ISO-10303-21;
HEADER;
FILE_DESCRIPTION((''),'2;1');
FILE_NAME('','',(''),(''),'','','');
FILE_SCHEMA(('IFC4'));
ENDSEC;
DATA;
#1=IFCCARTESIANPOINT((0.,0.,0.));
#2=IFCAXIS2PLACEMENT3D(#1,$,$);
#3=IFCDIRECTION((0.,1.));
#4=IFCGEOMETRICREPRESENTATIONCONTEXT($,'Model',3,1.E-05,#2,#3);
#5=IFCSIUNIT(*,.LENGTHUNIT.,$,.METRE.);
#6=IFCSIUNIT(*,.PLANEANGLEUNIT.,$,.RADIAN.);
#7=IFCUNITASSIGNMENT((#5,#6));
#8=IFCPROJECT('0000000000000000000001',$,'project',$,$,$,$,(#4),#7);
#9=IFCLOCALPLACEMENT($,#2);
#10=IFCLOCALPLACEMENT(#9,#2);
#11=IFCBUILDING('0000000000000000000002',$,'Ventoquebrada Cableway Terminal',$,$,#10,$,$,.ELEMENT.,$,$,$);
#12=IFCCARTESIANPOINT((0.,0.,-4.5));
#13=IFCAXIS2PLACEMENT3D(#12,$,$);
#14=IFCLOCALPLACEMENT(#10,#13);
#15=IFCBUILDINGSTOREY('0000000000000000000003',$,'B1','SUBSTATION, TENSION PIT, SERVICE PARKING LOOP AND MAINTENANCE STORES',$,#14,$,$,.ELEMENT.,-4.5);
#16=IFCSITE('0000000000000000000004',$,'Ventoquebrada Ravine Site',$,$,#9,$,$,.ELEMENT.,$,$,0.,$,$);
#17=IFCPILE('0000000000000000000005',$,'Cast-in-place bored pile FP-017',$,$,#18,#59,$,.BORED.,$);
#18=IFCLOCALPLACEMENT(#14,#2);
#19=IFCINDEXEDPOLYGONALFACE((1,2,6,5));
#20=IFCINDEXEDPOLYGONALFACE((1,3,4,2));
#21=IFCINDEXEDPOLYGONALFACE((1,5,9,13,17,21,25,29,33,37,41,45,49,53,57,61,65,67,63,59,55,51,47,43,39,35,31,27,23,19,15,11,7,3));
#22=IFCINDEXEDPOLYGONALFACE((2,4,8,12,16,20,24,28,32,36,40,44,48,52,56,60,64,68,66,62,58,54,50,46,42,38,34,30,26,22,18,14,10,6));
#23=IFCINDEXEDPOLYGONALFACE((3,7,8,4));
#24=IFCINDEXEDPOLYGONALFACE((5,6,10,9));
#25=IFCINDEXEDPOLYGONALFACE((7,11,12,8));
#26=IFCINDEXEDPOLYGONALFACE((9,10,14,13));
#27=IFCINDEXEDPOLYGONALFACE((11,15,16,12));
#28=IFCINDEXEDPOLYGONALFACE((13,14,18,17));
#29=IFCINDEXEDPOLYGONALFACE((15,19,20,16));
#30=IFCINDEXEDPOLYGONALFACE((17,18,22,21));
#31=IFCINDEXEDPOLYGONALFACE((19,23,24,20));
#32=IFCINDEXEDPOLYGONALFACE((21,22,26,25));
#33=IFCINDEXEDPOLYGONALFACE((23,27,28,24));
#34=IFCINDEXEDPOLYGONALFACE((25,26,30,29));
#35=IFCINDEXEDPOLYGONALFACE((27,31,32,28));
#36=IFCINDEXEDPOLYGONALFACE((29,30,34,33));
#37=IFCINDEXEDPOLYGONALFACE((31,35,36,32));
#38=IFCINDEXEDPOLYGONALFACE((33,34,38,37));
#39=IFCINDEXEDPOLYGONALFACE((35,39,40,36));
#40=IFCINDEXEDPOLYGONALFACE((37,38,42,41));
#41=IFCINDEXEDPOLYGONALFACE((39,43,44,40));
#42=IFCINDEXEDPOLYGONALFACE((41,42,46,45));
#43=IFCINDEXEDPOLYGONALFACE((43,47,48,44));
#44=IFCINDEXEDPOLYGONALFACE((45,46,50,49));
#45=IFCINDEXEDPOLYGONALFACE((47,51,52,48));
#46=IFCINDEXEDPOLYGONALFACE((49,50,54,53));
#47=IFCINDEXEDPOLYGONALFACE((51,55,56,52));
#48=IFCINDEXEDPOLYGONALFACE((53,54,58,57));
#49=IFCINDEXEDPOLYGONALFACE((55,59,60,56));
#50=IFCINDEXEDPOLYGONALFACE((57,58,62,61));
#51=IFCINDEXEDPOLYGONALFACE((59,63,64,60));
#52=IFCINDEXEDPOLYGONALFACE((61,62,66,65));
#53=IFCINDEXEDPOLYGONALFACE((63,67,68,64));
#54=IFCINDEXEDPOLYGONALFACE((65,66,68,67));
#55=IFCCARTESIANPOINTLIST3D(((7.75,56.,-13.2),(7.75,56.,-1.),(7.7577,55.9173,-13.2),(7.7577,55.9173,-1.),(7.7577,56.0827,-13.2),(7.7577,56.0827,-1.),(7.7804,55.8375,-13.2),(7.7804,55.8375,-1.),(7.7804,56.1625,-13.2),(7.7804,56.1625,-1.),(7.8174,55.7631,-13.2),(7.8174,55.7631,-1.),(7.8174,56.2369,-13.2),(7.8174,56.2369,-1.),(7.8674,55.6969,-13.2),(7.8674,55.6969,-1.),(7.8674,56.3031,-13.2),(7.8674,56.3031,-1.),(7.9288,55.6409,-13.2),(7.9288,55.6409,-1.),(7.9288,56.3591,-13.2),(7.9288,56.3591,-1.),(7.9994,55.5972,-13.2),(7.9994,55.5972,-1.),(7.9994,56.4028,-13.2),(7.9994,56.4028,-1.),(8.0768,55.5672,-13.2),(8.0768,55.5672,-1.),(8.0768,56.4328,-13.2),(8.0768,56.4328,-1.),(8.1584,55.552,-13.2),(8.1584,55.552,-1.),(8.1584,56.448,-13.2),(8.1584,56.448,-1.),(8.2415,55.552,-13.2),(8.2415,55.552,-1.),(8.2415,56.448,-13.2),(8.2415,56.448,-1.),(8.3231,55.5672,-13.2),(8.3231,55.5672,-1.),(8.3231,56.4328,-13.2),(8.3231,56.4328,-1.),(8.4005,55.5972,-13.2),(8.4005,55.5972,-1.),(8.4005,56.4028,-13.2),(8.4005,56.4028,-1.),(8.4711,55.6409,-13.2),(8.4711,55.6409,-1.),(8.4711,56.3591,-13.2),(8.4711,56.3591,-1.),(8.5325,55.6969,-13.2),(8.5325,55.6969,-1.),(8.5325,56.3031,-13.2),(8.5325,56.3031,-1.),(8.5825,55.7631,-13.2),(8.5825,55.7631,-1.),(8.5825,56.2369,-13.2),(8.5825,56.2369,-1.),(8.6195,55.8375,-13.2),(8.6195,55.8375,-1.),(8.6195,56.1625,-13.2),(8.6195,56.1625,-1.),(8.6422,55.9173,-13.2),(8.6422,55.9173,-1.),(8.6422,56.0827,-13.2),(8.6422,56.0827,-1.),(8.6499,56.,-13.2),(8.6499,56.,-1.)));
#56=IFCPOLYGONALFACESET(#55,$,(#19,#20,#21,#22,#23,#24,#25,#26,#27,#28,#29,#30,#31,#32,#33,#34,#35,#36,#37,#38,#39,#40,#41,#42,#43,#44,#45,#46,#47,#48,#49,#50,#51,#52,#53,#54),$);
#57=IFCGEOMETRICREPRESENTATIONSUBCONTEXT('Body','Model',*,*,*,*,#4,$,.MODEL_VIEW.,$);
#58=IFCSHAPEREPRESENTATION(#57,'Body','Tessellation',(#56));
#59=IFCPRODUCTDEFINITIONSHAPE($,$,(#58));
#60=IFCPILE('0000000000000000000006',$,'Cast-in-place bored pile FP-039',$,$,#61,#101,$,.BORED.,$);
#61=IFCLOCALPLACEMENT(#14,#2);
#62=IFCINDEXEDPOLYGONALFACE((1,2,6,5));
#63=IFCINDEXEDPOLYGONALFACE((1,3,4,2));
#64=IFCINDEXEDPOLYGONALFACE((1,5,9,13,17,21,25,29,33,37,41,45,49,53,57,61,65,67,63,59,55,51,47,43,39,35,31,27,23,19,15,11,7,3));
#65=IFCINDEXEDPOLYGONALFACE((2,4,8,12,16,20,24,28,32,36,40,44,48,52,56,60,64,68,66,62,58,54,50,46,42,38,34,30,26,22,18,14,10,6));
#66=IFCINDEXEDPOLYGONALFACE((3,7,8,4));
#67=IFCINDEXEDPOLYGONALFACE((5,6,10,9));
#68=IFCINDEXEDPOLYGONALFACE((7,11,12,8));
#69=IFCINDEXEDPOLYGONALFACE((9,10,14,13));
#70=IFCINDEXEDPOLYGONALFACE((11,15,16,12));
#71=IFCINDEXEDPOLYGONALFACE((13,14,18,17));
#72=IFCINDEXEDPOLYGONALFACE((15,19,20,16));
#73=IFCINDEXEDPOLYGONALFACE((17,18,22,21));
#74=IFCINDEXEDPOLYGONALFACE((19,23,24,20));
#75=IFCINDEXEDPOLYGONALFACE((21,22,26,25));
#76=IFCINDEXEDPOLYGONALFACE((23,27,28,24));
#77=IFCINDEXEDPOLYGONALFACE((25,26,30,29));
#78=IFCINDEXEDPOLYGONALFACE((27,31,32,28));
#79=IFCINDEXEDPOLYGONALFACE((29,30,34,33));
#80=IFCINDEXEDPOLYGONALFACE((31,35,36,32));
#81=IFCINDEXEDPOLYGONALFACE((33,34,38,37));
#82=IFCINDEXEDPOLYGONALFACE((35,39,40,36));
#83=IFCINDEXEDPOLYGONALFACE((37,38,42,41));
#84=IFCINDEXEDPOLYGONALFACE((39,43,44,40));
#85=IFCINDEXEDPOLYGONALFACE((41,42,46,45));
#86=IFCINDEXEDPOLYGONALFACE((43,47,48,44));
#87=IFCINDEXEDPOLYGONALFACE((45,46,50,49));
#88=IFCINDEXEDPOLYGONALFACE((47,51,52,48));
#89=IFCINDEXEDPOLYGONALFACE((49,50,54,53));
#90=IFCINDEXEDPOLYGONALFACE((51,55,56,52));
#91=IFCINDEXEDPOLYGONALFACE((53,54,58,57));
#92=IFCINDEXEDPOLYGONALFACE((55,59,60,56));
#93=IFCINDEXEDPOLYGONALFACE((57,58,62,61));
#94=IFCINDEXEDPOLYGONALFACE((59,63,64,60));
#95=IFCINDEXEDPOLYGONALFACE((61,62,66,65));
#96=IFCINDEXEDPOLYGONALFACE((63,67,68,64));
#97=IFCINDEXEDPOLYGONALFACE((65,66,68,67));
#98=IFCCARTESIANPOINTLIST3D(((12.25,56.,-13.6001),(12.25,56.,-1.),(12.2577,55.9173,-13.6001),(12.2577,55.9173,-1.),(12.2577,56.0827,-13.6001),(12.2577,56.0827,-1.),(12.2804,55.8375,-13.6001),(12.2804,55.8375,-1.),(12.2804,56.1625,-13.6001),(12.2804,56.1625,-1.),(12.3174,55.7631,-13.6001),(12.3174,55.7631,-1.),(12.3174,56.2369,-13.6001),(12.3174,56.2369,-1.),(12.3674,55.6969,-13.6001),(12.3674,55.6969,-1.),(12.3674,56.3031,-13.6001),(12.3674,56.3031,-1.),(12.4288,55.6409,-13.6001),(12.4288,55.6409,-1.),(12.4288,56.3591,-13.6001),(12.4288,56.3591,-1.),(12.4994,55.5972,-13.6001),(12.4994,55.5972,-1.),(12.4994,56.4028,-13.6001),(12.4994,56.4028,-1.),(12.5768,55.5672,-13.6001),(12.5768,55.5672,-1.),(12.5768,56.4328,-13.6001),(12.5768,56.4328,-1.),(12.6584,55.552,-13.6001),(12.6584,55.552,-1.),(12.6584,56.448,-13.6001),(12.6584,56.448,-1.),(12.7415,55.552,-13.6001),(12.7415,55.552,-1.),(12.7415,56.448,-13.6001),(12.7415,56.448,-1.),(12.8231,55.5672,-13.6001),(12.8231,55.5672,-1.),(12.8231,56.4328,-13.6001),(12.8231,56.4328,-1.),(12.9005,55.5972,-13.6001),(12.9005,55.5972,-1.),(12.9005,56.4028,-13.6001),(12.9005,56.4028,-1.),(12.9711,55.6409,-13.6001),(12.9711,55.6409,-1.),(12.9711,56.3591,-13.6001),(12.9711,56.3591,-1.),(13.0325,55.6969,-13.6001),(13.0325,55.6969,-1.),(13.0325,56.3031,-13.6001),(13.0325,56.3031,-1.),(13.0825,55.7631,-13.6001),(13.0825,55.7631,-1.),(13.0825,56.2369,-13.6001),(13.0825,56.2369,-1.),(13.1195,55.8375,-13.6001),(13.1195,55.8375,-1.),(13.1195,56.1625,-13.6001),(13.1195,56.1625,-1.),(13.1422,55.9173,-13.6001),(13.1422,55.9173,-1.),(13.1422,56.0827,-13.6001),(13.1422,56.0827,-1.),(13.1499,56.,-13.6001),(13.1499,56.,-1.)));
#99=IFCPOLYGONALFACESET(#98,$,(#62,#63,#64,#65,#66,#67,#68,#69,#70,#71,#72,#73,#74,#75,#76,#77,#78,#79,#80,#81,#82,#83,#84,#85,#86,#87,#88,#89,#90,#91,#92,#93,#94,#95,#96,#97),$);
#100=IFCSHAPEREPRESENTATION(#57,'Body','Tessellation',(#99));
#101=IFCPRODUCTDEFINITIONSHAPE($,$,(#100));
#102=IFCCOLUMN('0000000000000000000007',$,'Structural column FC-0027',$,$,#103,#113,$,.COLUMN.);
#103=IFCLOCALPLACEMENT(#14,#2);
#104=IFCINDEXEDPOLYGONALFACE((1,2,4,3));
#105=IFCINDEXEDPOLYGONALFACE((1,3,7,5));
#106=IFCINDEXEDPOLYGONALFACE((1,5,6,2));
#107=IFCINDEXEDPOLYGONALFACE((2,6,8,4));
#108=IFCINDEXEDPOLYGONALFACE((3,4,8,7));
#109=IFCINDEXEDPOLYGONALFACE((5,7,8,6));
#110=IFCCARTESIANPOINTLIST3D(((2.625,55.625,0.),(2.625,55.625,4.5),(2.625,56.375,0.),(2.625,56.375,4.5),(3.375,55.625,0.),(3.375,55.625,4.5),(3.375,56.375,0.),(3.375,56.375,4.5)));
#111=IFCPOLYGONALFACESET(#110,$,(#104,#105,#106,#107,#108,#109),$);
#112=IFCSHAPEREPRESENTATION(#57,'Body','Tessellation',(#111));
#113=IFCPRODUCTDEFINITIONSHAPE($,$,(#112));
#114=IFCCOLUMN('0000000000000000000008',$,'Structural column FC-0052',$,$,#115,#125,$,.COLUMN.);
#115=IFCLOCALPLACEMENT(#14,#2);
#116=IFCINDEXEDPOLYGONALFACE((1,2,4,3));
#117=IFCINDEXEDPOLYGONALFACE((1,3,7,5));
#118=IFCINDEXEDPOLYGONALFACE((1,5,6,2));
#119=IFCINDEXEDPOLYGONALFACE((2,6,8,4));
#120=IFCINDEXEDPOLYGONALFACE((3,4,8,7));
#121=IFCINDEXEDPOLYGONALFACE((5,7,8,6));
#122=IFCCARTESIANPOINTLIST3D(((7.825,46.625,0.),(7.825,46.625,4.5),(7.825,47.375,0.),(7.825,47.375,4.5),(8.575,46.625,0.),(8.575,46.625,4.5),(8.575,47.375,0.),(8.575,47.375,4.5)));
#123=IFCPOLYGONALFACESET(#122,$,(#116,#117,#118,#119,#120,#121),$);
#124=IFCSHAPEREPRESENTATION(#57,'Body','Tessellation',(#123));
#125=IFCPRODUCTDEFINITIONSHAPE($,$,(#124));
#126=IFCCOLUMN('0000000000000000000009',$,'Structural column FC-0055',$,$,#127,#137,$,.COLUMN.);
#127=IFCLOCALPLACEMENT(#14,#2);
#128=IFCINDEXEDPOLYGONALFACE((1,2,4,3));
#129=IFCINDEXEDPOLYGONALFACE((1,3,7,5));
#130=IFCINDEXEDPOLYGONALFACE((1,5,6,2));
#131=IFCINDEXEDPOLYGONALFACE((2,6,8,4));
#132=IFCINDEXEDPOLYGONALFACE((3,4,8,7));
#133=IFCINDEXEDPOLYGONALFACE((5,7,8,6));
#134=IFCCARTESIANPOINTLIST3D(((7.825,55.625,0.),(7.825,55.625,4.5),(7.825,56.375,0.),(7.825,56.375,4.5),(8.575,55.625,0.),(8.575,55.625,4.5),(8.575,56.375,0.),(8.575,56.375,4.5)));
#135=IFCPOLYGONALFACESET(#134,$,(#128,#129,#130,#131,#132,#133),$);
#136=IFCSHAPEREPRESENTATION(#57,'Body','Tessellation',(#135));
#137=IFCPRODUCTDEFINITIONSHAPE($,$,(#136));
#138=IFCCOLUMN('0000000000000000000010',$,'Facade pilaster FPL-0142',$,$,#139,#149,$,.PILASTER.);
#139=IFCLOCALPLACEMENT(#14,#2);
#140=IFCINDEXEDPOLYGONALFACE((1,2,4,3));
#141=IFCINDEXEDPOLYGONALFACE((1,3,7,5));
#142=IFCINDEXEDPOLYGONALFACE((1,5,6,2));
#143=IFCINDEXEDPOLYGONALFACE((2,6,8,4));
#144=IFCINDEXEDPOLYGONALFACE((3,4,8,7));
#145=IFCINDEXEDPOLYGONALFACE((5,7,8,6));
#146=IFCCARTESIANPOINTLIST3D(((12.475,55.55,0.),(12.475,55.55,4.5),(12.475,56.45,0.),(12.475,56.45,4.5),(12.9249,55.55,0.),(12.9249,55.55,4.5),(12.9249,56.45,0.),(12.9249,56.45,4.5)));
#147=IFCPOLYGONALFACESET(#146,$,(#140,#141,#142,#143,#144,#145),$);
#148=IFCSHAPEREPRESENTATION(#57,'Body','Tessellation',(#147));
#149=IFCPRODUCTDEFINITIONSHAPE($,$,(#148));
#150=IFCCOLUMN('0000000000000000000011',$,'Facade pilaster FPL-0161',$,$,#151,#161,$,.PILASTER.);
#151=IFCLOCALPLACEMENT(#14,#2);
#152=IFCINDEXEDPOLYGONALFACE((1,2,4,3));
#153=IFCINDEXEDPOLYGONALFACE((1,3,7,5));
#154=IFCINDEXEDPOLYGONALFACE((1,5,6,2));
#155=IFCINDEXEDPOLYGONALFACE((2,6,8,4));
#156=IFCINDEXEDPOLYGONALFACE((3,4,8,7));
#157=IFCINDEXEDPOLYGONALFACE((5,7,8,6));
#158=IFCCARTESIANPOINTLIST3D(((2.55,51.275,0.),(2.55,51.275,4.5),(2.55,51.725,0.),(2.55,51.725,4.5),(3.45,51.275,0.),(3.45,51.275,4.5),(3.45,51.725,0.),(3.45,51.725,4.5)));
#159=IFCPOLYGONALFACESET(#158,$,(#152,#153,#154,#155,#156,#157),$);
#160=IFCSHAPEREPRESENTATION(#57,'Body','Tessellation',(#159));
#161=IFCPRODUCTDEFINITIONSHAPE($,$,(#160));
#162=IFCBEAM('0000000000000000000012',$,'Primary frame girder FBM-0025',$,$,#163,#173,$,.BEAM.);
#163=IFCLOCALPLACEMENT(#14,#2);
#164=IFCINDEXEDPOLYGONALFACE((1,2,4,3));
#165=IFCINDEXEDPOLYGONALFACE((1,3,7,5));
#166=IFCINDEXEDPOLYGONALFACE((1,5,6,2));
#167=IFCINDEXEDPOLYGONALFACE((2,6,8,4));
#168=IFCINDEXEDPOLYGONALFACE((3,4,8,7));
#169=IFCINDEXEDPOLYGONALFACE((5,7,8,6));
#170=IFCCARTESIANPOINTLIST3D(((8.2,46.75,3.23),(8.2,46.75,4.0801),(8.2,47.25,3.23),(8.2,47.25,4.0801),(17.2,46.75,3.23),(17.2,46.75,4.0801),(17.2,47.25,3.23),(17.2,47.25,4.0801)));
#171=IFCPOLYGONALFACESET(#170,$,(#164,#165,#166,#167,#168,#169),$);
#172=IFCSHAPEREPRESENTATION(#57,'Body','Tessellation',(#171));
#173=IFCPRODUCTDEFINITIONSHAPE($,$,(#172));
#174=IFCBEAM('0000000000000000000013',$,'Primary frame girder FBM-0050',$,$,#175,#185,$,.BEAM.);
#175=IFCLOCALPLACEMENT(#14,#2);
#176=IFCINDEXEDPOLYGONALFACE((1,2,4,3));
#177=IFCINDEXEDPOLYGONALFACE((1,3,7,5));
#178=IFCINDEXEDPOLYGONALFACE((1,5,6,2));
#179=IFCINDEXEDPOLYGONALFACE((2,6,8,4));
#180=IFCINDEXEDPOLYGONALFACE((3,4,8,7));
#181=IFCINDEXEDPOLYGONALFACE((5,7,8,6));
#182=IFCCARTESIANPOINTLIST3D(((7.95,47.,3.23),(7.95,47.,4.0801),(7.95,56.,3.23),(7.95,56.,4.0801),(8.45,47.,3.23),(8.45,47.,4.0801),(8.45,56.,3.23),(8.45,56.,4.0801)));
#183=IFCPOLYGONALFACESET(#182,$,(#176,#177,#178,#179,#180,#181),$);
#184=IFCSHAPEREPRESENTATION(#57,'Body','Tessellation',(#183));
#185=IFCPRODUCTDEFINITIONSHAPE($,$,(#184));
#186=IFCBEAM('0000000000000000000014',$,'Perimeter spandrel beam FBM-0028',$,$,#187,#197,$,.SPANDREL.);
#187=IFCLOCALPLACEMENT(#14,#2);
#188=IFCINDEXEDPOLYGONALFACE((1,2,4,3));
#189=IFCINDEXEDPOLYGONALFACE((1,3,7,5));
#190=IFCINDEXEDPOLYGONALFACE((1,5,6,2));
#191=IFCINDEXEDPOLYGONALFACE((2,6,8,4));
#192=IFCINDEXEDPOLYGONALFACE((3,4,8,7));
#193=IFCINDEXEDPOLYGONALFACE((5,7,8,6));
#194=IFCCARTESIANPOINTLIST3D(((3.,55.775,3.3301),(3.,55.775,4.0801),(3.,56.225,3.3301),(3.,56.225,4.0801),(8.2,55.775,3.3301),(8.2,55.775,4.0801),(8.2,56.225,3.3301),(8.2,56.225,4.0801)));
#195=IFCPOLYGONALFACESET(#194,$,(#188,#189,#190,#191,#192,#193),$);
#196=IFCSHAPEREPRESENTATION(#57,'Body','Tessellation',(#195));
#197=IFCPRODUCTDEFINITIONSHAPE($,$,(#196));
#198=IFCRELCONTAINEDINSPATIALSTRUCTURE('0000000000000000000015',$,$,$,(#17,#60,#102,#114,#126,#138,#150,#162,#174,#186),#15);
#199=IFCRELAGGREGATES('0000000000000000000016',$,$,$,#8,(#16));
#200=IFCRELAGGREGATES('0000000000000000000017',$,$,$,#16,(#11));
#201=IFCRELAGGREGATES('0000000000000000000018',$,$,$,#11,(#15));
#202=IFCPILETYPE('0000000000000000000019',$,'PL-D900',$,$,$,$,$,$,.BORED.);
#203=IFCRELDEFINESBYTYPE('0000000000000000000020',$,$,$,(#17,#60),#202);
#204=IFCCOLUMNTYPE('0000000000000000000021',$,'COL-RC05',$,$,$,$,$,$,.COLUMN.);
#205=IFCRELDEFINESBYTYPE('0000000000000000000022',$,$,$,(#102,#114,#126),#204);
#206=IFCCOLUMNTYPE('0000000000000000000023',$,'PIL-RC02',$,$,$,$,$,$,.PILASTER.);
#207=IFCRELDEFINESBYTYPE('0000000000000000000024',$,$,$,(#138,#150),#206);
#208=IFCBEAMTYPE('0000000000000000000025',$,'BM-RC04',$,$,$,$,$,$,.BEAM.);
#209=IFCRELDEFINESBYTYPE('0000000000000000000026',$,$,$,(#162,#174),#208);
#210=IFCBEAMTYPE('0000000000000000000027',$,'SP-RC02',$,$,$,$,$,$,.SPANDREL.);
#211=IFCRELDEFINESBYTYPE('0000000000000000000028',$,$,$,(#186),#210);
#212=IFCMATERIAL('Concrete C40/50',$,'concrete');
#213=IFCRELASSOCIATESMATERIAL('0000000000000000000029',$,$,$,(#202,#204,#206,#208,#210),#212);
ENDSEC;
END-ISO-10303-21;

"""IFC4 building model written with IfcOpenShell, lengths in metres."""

from ifc_helpers import new_model, si_unit, direction, frame, origin, origin_2d, place, context, subcontext, project, spatial, rectangle, circle, extrude, material, material_profile, profile_set, type_object, element, save


model = new_model("IFC4")

# Units and contexts
model_context = context("Model", 3, precision=1e-05, world=origin(), true_north=direction((0.0, 1.0)))
body_context = subcontext(model_context, "Body", "Model", "MODEL_VIEW")
ifc_project = project(units=[si_unit("LENGTHUNIT", "METRE"), si_unit("PLANEANGLEUNIT", "RADIAN")], contexts=[model_context])

# Site, building, storey
site_placement = place(None, origin())
site = spatial("IfcSite", under=ifc_project, at=site_placement, Name="Ventoquebrada Ravine Site", CompositionType="ELEMENT", RefElevation=0.0)
building_placement = place(site_placement, origin())
building = spatial("IfcBuilding", under=site, at=building_placement, Name="Ventoquebrada Cableway Terminal", CompositionType="ELEMENT")
storey_placement = place(building_placement, frame((0.0, 0.0, -4.5)))
storey = spatial("IfcBuildingStorey", under=building, at=storey_placement, Name="B1", Description="SUBSTATION, TENSION PIT, SERVICE PARKING LOOP AND MAINTENANCE STORES", CompositionType="ELEMENT", Elevation=-4.5)

# Shared definitions
ifc_material = material(Name="Concrete C40/50", Category="concrete")

# Piles
ifc_material_profile_1 = material_profile(ifc_material, circle(Radius=0.45, at=origin_2d()), Name="PILE-D900")
ifc_profile_set_1 = profile_set([ifc_material_profile_1], Name="Concrete C40/50")
pile_type = type_object("IfcPileType", Name="PL-D900", PredefinedType="BORED", material=ifc_profile_set_1)
pile_1_placement = place(storey_placement, frame((8.2, 56.0, -1.0), z_axis=(0.0, 0.0, -1.0), x_axis=(1.0, 0.0, 0.0)))
element("IfcPile", 1, at=pile_1_placement, inside=storey, type_object=pile_type, Name="Cast-in-place bored pile FP-017", PredefinedType="BORED", context=body_context, shape_type="SweptSolid", body=[
    extrude(circle(Radius=0.45, at=origin_2d()), origin(), (0.0, 0.0, 1.0), 12.2),
])
pile_2_placement = place(storey_placement, frame((12.7, 56.0, -1.0), z_axis=(0.0, 0.0, -1.0), x_axis=(1.0, 0.0, 0.0)))
element("IfcPile", 2, at=pile_2_placement, inside=storey, type_object=pile_type, Name="Cast-in-place bored pile FP-039", PredefinedType="BORED", context=body_context, shape_type="SweptSolid", body=[
    extrude(circle(Radius=0.45, at=origin_2d()), origin(), (0.0, 0.0, 1.0), 12.6001),
])

# Columns
ifc_material_profile_2 = material_profile(ifc_material, rectangle(XDim=0.75, YDim=0.75, at=origin_2d()), Name="RC-COL-750X750")
ifc_profile_set_2 = profile_set([ifc_material_profile_2], Name="Concrete C40/50")
column_type_1 = type_object("IfcColumnType", Name="COL-RC05", PredefinedType="COLUMN", material=ifc_profile_set_2)
for number, where, z_axis, x_axis, name in (
    (3, (3.0, 56.0, 0.0), (0.0, 0.0, 1.0), (1.0, 0.0, 0.0), "Structural column FC-0027"),
    (4, (8.2, 47.0, 0.0), (0.0, 0.0, 1.0), (1.0, 0.0, 0.0), "Structural column FC-0052"),
    (5, (8.2, 56.0, 0.0), (0.0, 0.0, 1.0), (1.0, 0.0, 0.0), "Structural column FC-0055"),
):
    element("IfcColumn", number, at=place(storey_placement, frame(where, z_axis=z_axis, x_axis=x_axis)), inside=storey, type_object=column_type_1, Name=name, PredefinedType="COLUMN", context=body_context, shape_type="SweptSolid", body=[
        extrude(rectangle(XDim=0.75, YDim=0.75, at=origin_2d()), origin(), (0.0, 0.0, 1.0), 4.5),
    ])
ifc_material_profile_3 = material_profile(ifc_material, rectangle(XDim=0.45, YDim=0.8999, at=origin_2d()), Name="RC-PIL-450X900")
ifc_profile_set_3 = profile_set([ifc_material_profile_3], Name="Concrete C40/50")
column_type_2 = type_object("IfcColumnType", Name="PIL-RC02", PredefinedType="PILASTER", material=ifc_profile_set_3)
for number, where, z_axis, x_axis, name in (
    (6, (12.7, 56.0, 0.0), (0.0, 0.0, 1.0), (1.0, 0.0, 0.0), "Facade pilaster FPL-0142"),
    (7, (3.0, 51.5, 0.0), (0.0, 0.0, 1.0), (0.0, 1.0, 0.0), "Facade pilaster FPL-0161"),
):
    element("IfcColumn", number, at=place(storey_placement, frame(where, z_axis=z_axis, x_axis=x_axis)), inside=storey, type_object=column_type_2, Name=name, PredefinedType="PILASTER", context=body_context, shape_type="SweptSolid", body=[
        extrude(rectangle(XDim=0.45, YDim=0.8999, at=origin_2d()), origin(), (0.0, 0.0, 1.0), 4.5),
    ])

# Beams
ifc_material_profile_4 = material_profile(ifc_material, rectangle(XDim=0.5, YDim=0.8501, at=origin_2d()), Name="RC-BM-500X850")
ifc_profile_set_4 = profile_set([ifc_material_profile_4], Name="Concrete C40/50")
beam_type_1 = type_object("IfcBeamType", Name="BM-RC04", PredefinedType="BEAM", material=ifc_profile_set_4)
for number, where, z_axis, x_axis, name in (
    (8, (8.2, 47.0, 3.655), (1.0, 0.0, 0.0), (0.0, 1.0, 0.0), "Primary frame girder FBM-0025"),
    (9, (8.2, 47.0, 3.655), (0.0, 1.0, 0.0), (-1.0, 0.0, 0.0), "Primary frame girder FBM-0050"),
):
    element("IfcBeam", number, at=place(storey_placement, frame(where, z_axis=z_axis, x_axis=x_axis)), inside=storey, type_object=beam_type_1, Name=name, PredefinedType="BEAM", context=body_context, shape_type="SweptSolid", body=[
        extrude(rectangle(XDim=0.5, YDim=0.8501, at=origin_2d()), origin(), (0.0, 0.0, 1.0), 9.0),
    ])
ifc_material_profile_5 = material_profile(ifc_material, rectangle(XDim=0.45, YDim=0.75, at=origin_2d()), Name="RC-BM-450X750")
ifc_profile_set_5 = profile_set([ifc_material_profile_5], Name="Concrete C40/50")
beam_type_2 = type_object("IfcBeamType", Name="SP-RC02", PredefinedType="SPANDREL", material=ifc_profile_set_5)
beam_placement = place(storey_placement, frame((3.0, 56.0, 3.7051), z_axis=(1.0, 0.0, 0.0), x_axis=(0.0, 1.0, 0.0)))
element("IfcBeam", 10, at=beam_placement, inside=storey, type_object=beam_type_2, Name="Perimeter spandrel beam FBM-0028", PredefinedType="SPANDREL", context=body_context, shape_type="SweptSolid", body=[
    extrude(rectangle(XDim=0.45, YDim=0.75, at=origin_2d()), origin(), (0.0, 0.0, 1.0), 5.2),
])

save(model, "model.ifc")
